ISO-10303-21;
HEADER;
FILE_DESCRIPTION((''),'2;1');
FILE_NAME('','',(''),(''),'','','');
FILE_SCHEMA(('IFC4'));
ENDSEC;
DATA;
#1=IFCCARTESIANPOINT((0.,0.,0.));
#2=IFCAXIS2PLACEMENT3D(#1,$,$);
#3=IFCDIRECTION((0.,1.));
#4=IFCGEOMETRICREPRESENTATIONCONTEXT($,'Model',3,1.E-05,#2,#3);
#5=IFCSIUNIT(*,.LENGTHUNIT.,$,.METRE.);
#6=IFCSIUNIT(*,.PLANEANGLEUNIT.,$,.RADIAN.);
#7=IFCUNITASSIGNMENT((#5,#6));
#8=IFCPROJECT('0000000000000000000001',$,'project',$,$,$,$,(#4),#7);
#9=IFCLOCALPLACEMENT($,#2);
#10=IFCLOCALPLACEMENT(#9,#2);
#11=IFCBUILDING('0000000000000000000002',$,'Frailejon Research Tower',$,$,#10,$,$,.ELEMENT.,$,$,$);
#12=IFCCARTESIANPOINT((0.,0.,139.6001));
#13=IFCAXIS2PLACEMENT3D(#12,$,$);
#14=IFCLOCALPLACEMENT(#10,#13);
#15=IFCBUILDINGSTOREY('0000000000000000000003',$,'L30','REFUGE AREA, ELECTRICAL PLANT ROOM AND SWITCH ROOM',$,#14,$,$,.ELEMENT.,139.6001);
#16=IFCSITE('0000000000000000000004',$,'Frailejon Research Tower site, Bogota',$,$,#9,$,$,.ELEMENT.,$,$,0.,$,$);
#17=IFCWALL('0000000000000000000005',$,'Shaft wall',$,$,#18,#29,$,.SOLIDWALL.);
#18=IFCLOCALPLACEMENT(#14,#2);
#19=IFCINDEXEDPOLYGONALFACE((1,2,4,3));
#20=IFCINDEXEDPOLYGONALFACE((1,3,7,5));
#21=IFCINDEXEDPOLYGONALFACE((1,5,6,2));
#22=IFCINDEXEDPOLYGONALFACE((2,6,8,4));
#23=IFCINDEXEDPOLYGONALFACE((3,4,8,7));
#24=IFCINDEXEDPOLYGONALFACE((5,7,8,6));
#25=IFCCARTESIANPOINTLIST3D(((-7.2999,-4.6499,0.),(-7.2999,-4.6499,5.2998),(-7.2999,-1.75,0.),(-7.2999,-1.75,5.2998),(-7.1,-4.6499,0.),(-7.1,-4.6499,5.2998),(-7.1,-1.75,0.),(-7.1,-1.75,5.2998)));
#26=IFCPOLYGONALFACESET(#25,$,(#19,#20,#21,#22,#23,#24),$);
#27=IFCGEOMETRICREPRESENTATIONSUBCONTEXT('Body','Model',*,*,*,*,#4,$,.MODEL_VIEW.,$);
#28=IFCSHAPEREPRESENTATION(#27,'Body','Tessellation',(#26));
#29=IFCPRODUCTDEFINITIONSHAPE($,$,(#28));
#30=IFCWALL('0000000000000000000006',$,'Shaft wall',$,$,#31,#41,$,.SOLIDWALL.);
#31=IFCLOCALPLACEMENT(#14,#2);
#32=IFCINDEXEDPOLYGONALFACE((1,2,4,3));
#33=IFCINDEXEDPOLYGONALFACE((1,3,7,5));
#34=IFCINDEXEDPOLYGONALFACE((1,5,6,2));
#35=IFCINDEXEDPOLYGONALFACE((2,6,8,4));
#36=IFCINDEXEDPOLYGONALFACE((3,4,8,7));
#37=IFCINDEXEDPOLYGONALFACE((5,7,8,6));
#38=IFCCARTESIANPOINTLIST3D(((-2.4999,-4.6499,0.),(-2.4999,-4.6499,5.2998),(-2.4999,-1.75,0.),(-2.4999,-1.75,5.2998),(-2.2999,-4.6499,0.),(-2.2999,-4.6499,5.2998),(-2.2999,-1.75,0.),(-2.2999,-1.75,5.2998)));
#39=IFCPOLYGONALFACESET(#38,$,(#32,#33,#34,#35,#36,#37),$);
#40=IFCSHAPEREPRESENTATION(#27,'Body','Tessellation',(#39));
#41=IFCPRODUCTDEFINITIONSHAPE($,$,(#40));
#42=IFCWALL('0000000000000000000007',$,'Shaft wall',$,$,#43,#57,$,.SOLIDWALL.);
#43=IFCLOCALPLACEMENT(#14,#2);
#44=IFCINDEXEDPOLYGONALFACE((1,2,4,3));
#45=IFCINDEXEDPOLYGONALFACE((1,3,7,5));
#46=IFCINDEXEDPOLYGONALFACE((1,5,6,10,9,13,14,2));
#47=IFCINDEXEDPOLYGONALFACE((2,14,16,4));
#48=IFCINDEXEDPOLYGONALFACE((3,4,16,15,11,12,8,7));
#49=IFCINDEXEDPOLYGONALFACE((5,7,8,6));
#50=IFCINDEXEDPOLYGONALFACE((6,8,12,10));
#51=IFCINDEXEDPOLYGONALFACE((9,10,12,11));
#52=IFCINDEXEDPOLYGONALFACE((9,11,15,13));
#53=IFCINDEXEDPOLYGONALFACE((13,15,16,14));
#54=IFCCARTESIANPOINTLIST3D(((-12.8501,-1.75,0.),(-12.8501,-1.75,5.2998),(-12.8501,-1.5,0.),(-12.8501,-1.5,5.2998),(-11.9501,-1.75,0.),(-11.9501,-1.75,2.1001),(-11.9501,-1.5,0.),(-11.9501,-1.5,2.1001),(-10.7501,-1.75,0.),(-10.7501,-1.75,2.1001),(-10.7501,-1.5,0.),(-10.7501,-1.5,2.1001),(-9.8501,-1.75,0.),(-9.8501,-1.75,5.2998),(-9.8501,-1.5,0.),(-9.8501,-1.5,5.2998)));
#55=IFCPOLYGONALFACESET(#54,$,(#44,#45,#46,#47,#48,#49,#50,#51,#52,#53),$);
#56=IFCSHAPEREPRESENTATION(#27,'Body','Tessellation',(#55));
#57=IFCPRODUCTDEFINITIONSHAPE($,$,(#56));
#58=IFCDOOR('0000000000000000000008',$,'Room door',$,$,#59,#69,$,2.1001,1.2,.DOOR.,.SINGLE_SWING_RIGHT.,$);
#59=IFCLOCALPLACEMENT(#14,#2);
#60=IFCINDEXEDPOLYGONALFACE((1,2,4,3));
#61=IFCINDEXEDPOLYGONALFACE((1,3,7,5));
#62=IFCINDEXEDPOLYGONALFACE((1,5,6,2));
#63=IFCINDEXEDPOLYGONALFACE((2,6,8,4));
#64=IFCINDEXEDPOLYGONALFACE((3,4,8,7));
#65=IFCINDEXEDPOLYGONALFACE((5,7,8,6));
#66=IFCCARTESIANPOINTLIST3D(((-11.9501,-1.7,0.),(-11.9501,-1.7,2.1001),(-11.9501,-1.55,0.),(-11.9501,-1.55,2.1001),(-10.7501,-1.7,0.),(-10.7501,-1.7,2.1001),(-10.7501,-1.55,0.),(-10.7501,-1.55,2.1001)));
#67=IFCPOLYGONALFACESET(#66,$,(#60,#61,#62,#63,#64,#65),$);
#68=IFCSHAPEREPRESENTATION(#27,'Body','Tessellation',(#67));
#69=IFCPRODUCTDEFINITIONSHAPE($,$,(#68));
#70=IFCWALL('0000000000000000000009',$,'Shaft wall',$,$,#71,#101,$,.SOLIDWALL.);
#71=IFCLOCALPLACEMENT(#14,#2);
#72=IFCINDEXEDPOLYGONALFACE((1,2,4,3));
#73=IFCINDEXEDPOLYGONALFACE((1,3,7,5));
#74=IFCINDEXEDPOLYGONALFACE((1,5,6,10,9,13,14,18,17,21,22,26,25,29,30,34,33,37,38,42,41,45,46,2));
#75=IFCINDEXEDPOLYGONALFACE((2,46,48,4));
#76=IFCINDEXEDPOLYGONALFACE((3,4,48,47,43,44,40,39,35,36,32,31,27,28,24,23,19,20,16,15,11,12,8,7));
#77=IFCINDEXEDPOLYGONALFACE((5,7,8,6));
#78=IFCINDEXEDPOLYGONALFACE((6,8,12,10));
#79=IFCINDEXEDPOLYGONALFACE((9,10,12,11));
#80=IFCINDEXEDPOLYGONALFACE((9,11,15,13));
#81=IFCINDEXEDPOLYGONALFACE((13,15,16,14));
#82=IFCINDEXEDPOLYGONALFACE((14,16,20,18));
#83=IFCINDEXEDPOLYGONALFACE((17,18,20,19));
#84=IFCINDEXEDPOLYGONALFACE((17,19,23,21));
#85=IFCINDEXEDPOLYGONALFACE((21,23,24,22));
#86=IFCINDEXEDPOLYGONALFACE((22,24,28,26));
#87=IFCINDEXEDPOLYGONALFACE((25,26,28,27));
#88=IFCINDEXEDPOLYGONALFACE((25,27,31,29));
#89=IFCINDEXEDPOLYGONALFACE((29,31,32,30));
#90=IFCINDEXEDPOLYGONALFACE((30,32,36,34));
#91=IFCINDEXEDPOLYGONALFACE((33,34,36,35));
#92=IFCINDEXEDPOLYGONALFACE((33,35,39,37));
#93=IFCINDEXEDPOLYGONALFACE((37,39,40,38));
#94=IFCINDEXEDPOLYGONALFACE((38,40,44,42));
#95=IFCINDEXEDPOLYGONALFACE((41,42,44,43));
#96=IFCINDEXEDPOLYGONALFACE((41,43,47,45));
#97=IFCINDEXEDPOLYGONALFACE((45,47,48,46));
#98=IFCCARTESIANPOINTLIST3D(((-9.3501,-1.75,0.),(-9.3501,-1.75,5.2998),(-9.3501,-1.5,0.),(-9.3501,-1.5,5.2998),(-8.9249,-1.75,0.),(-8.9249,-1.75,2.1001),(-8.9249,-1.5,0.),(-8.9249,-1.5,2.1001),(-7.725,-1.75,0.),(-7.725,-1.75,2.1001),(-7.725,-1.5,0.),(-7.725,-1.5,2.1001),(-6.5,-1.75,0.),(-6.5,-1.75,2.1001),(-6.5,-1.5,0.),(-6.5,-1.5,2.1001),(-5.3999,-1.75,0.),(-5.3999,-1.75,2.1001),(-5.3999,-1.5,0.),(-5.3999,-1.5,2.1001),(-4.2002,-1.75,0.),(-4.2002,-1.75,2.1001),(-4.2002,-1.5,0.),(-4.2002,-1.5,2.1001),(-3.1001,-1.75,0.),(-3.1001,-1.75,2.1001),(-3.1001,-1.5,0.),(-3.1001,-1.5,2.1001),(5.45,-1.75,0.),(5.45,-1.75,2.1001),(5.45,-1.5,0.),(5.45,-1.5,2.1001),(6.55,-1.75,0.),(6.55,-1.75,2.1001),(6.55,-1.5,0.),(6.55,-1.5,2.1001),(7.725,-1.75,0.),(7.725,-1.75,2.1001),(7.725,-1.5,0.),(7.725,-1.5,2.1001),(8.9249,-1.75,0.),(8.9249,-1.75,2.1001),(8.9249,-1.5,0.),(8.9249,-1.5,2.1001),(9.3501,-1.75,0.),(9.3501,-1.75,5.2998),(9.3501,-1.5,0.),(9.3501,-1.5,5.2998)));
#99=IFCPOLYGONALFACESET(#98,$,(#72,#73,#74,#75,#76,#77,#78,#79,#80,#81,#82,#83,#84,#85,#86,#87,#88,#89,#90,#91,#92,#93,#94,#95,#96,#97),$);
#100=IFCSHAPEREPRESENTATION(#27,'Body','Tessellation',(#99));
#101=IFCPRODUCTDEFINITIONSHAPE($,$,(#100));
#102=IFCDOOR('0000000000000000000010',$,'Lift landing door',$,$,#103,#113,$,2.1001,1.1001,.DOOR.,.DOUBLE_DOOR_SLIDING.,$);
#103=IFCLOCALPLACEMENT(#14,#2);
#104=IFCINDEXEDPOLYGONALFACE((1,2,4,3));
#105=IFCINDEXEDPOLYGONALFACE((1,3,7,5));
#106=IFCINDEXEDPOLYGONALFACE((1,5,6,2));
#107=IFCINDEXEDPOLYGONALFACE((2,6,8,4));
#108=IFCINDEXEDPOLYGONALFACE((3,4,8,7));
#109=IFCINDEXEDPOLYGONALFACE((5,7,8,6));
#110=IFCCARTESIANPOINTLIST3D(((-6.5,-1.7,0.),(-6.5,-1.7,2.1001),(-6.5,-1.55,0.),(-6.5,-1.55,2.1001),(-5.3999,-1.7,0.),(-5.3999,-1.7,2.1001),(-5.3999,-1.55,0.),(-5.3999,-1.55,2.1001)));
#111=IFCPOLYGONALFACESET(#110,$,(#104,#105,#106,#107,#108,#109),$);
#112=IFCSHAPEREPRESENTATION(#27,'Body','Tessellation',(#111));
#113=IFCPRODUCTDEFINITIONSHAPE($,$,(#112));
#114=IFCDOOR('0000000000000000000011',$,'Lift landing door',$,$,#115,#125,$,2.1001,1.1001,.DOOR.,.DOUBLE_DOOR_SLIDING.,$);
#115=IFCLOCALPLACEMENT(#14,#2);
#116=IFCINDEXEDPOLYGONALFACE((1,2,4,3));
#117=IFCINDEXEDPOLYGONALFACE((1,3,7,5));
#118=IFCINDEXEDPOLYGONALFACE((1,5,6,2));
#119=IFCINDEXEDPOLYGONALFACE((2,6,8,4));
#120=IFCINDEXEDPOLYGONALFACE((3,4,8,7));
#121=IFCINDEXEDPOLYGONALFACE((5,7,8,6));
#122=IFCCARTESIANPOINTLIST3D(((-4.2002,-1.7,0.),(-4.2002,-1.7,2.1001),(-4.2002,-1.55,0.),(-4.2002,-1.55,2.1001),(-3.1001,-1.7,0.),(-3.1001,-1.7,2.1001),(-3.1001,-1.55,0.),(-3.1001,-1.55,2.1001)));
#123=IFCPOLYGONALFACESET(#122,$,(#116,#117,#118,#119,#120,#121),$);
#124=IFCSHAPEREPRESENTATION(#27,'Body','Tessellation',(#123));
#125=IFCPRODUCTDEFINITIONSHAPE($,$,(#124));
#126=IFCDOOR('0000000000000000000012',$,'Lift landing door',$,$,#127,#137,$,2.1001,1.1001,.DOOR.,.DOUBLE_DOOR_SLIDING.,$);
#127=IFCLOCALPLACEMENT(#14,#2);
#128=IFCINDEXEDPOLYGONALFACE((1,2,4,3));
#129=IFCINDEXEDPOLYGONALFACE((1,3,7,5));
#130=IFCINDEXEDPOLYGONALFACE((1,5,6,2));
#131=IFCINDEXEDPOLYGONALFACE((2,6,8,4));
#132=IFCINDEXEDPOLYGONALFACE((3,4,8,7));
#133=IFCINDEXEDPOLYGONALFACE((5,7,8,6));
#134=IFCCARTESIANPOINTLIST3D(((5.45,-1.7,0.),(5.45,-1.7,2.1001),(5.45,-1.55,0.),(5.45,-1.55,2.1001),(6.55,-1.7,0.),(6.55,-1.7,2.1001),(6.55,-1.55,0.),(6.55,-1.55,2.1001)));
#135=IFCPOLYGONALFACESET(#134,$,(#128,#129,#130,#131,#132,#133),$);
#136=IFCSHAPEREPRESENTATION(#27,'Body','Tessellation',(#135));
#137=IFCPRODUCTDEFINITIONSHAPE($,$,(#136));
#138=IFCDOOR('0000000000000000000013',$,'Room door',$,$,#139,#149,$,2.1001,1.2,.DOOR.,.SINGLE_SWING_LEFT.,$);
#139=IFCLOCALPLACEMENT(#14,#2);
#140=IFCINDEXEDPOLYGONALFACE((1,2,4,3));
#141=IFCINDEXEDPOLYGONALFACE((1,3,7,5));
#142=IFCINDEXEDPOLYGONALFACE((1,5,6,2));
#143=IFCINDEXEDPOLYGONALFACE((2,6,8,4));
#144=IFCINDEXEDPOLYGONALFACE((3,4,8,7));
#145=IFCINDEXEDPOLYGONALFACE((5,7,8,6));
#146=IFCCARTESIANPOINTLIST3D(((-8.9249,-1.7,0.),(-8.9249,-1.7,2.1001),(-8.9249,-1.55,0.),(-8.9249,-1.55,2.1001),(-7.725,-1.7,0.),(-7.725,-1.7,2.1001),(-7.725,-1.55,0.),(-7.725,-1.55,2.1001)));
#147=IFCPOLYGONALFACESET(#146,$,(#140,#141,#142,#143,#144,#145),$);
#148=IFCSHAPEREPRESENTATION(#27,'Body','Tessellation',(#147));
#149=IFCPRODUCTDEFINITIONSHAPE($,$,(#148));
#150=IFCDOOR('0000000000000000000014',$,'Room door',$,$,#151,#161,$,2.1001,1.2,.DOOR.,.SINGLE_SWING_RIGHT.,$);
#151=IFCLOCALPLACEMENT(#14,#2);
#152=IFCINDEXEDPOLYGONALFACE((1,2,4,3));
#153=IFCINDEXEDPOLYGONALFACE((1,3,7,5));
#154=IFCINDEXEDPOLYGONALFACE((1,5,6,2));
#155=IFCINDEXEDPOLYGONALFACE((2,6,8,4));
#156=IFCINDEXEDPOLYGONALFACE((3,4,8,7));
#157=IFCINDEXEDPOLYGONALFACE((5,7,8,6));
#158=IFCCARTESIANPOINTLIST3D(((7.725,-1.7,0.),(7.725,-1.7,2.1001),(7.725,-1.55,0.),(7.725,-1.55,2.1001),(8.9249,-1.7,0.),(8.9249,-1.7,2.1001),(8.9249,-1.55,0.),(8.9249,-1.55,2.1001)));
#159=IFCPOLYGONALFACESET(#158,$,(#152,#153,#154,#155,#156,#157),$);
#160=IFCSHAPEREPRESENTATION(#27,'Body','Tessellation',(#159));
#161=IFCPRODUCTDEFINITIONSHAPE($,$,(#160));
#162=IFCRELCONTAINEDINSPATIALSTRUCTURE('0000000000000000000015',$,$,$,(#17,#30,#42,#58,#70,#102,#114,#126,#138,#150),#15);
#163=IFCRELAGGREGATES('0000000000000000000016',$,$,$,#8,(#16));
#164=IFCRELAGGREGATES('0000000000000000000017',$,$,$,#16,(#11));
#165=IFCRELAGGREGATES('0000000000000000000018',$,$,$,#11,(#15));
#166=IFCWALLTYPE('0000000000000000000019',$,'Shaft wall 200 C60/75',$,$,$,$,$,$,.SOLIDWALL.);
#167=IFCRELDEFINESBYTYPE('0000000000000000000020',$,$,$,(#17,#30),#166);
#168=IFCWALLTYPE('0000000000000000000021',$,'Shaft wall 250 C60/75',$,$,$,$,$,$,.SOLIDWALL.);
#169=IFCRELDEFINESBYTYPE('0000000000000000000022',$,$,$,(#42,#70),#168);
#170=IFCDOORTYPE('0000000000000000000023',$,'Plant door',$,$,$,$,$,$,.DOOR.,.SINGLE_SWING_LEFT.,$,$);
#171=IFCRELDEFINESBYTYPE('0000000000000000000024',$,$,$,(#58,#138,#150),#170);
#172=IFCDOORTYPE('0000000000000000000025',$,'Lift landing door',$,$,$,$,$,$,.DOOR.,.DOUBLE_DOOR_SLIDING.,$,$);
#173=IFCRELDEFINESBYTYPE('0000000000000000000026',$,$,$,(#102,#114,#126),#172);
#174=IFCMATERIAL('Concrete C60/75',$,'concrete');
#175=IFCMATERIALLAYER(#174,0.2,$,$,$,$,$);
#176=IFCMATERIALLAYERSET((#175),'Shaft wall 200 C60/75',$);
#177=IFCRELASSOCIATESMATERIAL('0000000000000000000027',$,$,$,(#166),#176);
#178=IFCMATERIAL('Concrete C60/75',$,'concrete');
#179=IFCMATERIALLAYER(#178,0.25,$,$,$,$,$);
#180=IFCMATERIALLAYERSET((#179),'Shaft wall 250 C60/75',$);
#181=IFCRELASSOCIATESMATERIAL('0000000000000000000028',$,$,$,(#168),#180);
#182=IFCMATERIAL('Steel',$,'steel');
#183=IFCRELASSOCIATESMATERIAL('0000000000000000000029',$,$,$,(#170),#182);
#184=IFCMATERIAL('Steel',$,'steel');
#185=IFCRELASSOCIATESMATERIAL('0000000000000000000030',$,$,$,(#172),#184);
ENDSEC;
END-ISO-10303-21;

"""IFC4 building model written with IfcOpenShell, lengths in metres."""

from ifc_helpers import new_model, si_unit, direction, frame, frame_2d, origin, place, context, subcontext, project, spatial, rectangle, extrude, material, layer, layer_set, type_object, element, fill, save


model = new_model("IFC4")

# Units and contexts
model_context = context("Model", 3, precision=1e-05, world=origin(), true_north=direction((0.0, 1.0)))
body_context = subcontext(model_context, "Body", "Model", "MODEL_VIEW")
ifc_project = project(units=[si_unit("LENGTHUNIT", "METRE"), si_unit("PLANEANGLEUNIT", "RADIAN")], contexts=[model_context])

# Site, building, storey
site_placement = place(None, origin())
site = spatial("IfcSite", under=ifc_project, at=site_placement, Name="Frailejon Research Tower site, Bogota", CompositionType="ELEMENT", RefElevation=0.0)
building_placement = place(site_placement, origin())
building = spatial("IfcBuilding", under=site, at=building_placement, Name="Frailejon Research Tower", CompositionType="ELEMENT")
storey_placement = place(building_placement, frame((0.0, 0.0, 139.6001)))
storey = spatial("IfcBuildingStorey", under=building, at=storey_placement, Name="L30", Description="REFUGE AREA, ELECTRICAL PLANT ROOM AND SWITCH ROOM", CompositionType="ELEMENT", Elevation=139.6001)

# Walls
ifc_material_1 = material(Name="Concrete C60/75", Category="concrete")
ifc_layer_1 = layer(ifc_material_1, 0.2)
ifc_layer_set_1 = layer_set([ifc_layer_1], Name="Shaft wall 200 C60/75")
wall_type_1 = type_object("IfcWallType", Name="Shaft wall 200 C60/75", PredefinedType="SOLIDWALL", material=ifc_layer_set_1)
for number, where, z_axis, x_axis, name in (
    (1, (-7.2, -4.6499, 0.0), (0.0, 0.0, 1.0), (0.0, 1.0, 0.0), "Shaft wall"),
    (2, (-2.3999, -4.6499, 0.0), (0.0, 0.0, 1.0), (0.0, 1.0, 0.0), "Shaft wall"),
):
    element("IfcWall", number, at=place(storey_placement, frame(where, z_axis=z_axis, x_axis=x_axis)), inside=storey, type_object=wall_type_1, Name=name, PredefinedType="SOLIDWALL", context=body_context, shape_type="SweptSolid", body=[
        extrude(rectangle(XDim=2.8999, YDim=0.2, at=frame_2d((1.45, 0.0))), origin(), (0.0, 0.0, 1.0), 5.2998),
    ])

# Wall, opening, door
ifc_material_2 = material(Name="Concrete C60/75", Category="concrete")
ifc_layer_2 = layer(ifc_material_2, 0.25)
ifc_layer_set_2 = layer_set([ifc_layer_2], Name="Shaft wall 250 C60/75")
wall_type_2 = type_object("IfcWallType", Name="Shaft wall 250 C60/75", PredefinedType="SOLIDWALL", material=ifc_layer_set_2)
wall_1_placement = place(storey_placement, frame((-12.8501, -1.625, 0.0), z_axis=(0.0, 0.0, 1.0), x_axis=(1.0, 0.0, 0.0)))
wall_1 = element("IfcWall", 3, at=wall_1_placement, inside=storey, type_object=wall_type_2, Name="Shaft wall", PredefinedType="SOLIDWALL", context=body_context, shape_type="SweptSolid", body=[
    extrude(rectangle(XDim=3.0, YDim=0.25, at=frame_2d((1.5, 0.0))), origin(), (0.0, 0.0, 1.0), 5.2998),
])
opening_1_placement = place(wall_1_placement, frame((0.8999, 0.0, 0.0)))
opening_1 = element("IfcOpeningElement", 4, at=opening_1_placement, cuts=wall_1, PredefinedType="OPENING", context=body_context, shape_type="SweptSolid", body=[
    extrude(rectangle(XDim=1.2, YDim=2.1001, at=frame_2d((0.6001, 1.05))), frame((0.0, 0.135, 0.0), z_axis=(0.0, -1.0, 0.0), x_axis=(1.0, 0.0, 0.0)), (0.0, 0.0, 1.0), 0.27),
])
ifc_material_3 = material(Name="Steel", Category="steel")
door_type_1 = type_object("IfcDoorType", Name="Plant door", OperationType="SINGLE_SWING_LEFT", PredefinedType="DOOR", material=ifc_material_3)
door_1_placement = place(opening_1_placement, origin())
door_1 = element("IfcDoor", 5, at=door_1_placement, inside=storey, type_object=door_type_1, Name="Room door", OperationType="SINGLE_SWING_RIGHT", OverallHeight=2.1001, OverallWidth=1.2, PredefinedType="DOOR", context=body_context, shape_type="SweptSolid", body=[
    extrude(rectangle(XDim=1.2, YDim=2.1001, at=frame_2d((0.6001, 1.05))), frame((0.0, 0.075, 0.0), z_axis=(0.0, -1.0, 0.0), x_axis=(1.0, 0.0, 0.0)), (0.0, 0.0, 1.0), 0.1499),
])
fill(opening_1, door_1)

# Wall, openings, doors
wall_2_placement = place(storey_placement, frame((-9.3501, -1.625, 0.0), z_axis=(0.0, 0.0, 1.0), x_axis=(1.0, 0.0, 0.0)))
wall_2 = element("IfcWall", 6, at=wall_2_placement, inside=storey, type_object=wall_type_2, Name="Shaft wall", PredefinedType="SOLIDWALL", context=body_context, shape_type="SweptSolid", body=[
    extrude(rectangle(XDim=18.7002, YDim=0.25, at=frame_2d((9.3501, 0.0))), origin(), (0.0, 0.0, 1.0), 5.2998),
])
opening_2_placement = place(wall_2_placement, frame((2.8501, 0.0, 0.0)))
opening_2 = element("IfcOpeningElement", 7, at=opening_2_placement, cuts=wall_2, PredefinedType="OPENING", context=body_context, shape_type="SweptSolid", body=[
    extrude(rectangle(XDim=1.1001, YDim=2.1001, at=frame_2d((0.55, 1.05))), frame((0.0, 0.135, 0.0), z_axis=(0.0, -1.0, 0.0), x_axis=(1.0, 0.0, 0.0)), (0.0, 0.0, 1.0), 0.27),
])
opening_3_placement = place(wall_2_placement, frame((5.1499, 0.0, 0.0)))
opening_3 = element("IfcOpeningElement", 8, at=opening_3_placement, cuts=wall_2, PredefinedType="OPENING", context=body_context, shape_type="SweptSolid", body=[
    extrude(rectangle(XDim=1.1001, YDim=2.1001, at=frame_2d((0.55, 1.05))), frame((0.0, 0.135, 0.0), z_axis=(0.0, -1.0, 0.0), x_axis=(1.0, 0.0, 0.0)), (0.0, 0.0, 1.0), 0.27),
])
opening_4_placement = place(wall_2_placement, frame((14.8, 0.0, 0.0)))
opening_4 = element("IfcOpeningElement", 9, at=opening_4_placement, cuts=wall_2, PredefinedType="OPENING", context=body_context, shape_type="SweptSolid", body=[
    extrude(rectangle(XDim=1.1001, YDim=2.1001, at=frame_2d((0.55, 1.05))), frame((0.0, 0.135, 0.0), z_axis=(0.0, -1.0, 0.0), x_axis=(1.0, 0.0, 0.0)), (0.0, 0.0, 1.0), 0.27),
])
opening_5_placement = place(wall_2_placement, frame((0.425, 0.0, 0.0)))
opening_5 = element("IfcOpeningElement", 10, at=opening_5_placement, cuts=wall_2, PredefinedType="OPENING", context=body_context, shape_type="SweptSolid", body=[
    extrude(rectangle(XDim=1.2, YDim=2.1001, at=frame_2d((0.6001, 1.05))), frame((0.0, 0.135, 0.0), z_axis=(0.0, -1.0, 0.0), x_axis=(1.0, 0.0, 0.0)), (0.0, 0.0, 1.0), 0.27),
])
opening_6_placement = place(wall_2_placement, frame((17.075, 0.0, 0.0)))
opening_6 = element("IfcOpeningElement", 11, at=opening_6_placement, cuts=wall_2, PredefinedType="OPENING", context=body_context, shape_type="SweptSolid", body=[
    extrude(rectangle(XDim=1.2, YDim=2.1001, at=frame_2d((0.6001, 1.05))), frame((0.0, 0.135, 0.0), z_axis=(0.0, -1.0, 0.0), x_axis=(1.0, 0.0, 0.0)), (0.0, 0.0, 1.0), 0.27),
])
ifc_material_4 = material(Name="Steel", Category="steel")
door_type_2 = type_object("IfcDoorType", Name="Lift landing door", OperationType="DOUBLE_DOOR_SLIDING", PredefinedType="DOOR", material=ifc_material_4)
door_2_placement = place(opening_2_placement, origin())
door_2 = element("IfcDoor", 12, at=door_2_placement, inside=storey, type_object=door_type_2, Name="Lift landing door", OperationType="DOUBLE_DOOR_SLIDING", OverallHeight=2.1001, OverallWidth=1.1001, PredefinedType="DOOR", context=body_context, shape_type="SweptSolid", body=[
    extrude(rectangle(XDim=1.1001, YDim=2.1001, at=frame_2d((0.55, 1.05))), frame((0.0, 0.075, 0.0), z_axis=(0.0, -1.0, 0.0), x_axis=(1.0, 0.0, 0.0)), (0.0, 0.0, 1.0), 0.1499),
])
fill(opening_2, door_2)
door_3_placement = place(opening_3_placement, origin())
door_3 = element("IfcDoor", 13, at=door_3_placement, inside=storey, type_object=door_type_2, Name="Lift landing door", OperationType="DOUBLE_DOOR_SLIDING", OverallHeight=2.1001, OverallWidth=1.1001, PredefinedType="DOOR", context=body_context, shape_type="SweptSolid", body=[
    extrude(rectangle(XDim=1.1001, YDim=2.1001, at=frame_2d((0.55, 1.05))), frame((0.0, 0.075, 0.0), z_axis=(0.0, -1.0, 0.0), x_axis=(1.0, 0.0, 0.0)), (0.0, 0.0, 1.0), 0.1499),
])
fill(opening_3, door_3)
door_4_placement = place(opening_4_placement, origin())
door_4 = element("IfcDoor", 14, at=door_4_placement, inside=storey, type_object=door_type_2, Name="Lift landing door", OperationType="DOUBLE_DOOR_SLIDING", OverallHeight=2.1001, OverallWidth=1.1001, PredefinedType="DOOR", context=body_context, shape_type="SweptSolid", body=[
    extrude(rectangle(XDim=1.1001, YDim=2.1001, at=frame_2d((0.55, 1.05))), frame((0.0, 0.075, 0.0), z_axis=(0.0, -1.0, 0.0), x_axis=(1.0, 0.0, 0.0)), (0.0, 0.0, 1.0), 0.1499),
])
fill(opening_4, door_4)
door_5_placement = place(opening_5_placement, origin())
door_5 = element("IfcDoor", 15, at=door_5_placement, inside=storey, type_object=door_type_1, Name="Room door", OperationType="SINGLE_SWING_LEFT", OverallHeight=2.1001, OverallWidth=1.2, PredefinedType="DOOR", context=body_context, shape_type="SweptSolid", body=[
    extrude(rectangle(XDim=1.2, YDim=2.1001, at=frame_2d((0.6001, 1.05))), frame((0.0, 0.075, 0.0), z_axis=(0.0, -1.0, 0.0), x_axis=(1.0, 0.0, 0.0)), (0.0, 0.0, 1.0), 0.1499),
])
fill(opening_5, door_5)
door_6_placement = place(opening_6_placement, origin())
door_6 = element("IfcDoor", 16, at=door_6_placement, inside=storey, type_object=door_type_1, Name="Room door", OperationType="SINGLE_SWING_RIGHT", OverallHeight=2.1001, OverallWidth=1.2, PredefinedType="DOOR", context=body_context, shape_type="SweptSolid", body=[
    extrude(rectangle(XDim=1.2, YDim=2.1001, at=frame_2d((0.6001, 1.05))), frame((0.0, 0.075, 0.0), z_axis=(0.0, -1.0, 0.0), x_axis=(1.0, 0.0, 0.0)), (0.0, 0.0, 1.0), 0.1499),
])
fill(opening_6, door_6)

save(model, "model.ifc")
